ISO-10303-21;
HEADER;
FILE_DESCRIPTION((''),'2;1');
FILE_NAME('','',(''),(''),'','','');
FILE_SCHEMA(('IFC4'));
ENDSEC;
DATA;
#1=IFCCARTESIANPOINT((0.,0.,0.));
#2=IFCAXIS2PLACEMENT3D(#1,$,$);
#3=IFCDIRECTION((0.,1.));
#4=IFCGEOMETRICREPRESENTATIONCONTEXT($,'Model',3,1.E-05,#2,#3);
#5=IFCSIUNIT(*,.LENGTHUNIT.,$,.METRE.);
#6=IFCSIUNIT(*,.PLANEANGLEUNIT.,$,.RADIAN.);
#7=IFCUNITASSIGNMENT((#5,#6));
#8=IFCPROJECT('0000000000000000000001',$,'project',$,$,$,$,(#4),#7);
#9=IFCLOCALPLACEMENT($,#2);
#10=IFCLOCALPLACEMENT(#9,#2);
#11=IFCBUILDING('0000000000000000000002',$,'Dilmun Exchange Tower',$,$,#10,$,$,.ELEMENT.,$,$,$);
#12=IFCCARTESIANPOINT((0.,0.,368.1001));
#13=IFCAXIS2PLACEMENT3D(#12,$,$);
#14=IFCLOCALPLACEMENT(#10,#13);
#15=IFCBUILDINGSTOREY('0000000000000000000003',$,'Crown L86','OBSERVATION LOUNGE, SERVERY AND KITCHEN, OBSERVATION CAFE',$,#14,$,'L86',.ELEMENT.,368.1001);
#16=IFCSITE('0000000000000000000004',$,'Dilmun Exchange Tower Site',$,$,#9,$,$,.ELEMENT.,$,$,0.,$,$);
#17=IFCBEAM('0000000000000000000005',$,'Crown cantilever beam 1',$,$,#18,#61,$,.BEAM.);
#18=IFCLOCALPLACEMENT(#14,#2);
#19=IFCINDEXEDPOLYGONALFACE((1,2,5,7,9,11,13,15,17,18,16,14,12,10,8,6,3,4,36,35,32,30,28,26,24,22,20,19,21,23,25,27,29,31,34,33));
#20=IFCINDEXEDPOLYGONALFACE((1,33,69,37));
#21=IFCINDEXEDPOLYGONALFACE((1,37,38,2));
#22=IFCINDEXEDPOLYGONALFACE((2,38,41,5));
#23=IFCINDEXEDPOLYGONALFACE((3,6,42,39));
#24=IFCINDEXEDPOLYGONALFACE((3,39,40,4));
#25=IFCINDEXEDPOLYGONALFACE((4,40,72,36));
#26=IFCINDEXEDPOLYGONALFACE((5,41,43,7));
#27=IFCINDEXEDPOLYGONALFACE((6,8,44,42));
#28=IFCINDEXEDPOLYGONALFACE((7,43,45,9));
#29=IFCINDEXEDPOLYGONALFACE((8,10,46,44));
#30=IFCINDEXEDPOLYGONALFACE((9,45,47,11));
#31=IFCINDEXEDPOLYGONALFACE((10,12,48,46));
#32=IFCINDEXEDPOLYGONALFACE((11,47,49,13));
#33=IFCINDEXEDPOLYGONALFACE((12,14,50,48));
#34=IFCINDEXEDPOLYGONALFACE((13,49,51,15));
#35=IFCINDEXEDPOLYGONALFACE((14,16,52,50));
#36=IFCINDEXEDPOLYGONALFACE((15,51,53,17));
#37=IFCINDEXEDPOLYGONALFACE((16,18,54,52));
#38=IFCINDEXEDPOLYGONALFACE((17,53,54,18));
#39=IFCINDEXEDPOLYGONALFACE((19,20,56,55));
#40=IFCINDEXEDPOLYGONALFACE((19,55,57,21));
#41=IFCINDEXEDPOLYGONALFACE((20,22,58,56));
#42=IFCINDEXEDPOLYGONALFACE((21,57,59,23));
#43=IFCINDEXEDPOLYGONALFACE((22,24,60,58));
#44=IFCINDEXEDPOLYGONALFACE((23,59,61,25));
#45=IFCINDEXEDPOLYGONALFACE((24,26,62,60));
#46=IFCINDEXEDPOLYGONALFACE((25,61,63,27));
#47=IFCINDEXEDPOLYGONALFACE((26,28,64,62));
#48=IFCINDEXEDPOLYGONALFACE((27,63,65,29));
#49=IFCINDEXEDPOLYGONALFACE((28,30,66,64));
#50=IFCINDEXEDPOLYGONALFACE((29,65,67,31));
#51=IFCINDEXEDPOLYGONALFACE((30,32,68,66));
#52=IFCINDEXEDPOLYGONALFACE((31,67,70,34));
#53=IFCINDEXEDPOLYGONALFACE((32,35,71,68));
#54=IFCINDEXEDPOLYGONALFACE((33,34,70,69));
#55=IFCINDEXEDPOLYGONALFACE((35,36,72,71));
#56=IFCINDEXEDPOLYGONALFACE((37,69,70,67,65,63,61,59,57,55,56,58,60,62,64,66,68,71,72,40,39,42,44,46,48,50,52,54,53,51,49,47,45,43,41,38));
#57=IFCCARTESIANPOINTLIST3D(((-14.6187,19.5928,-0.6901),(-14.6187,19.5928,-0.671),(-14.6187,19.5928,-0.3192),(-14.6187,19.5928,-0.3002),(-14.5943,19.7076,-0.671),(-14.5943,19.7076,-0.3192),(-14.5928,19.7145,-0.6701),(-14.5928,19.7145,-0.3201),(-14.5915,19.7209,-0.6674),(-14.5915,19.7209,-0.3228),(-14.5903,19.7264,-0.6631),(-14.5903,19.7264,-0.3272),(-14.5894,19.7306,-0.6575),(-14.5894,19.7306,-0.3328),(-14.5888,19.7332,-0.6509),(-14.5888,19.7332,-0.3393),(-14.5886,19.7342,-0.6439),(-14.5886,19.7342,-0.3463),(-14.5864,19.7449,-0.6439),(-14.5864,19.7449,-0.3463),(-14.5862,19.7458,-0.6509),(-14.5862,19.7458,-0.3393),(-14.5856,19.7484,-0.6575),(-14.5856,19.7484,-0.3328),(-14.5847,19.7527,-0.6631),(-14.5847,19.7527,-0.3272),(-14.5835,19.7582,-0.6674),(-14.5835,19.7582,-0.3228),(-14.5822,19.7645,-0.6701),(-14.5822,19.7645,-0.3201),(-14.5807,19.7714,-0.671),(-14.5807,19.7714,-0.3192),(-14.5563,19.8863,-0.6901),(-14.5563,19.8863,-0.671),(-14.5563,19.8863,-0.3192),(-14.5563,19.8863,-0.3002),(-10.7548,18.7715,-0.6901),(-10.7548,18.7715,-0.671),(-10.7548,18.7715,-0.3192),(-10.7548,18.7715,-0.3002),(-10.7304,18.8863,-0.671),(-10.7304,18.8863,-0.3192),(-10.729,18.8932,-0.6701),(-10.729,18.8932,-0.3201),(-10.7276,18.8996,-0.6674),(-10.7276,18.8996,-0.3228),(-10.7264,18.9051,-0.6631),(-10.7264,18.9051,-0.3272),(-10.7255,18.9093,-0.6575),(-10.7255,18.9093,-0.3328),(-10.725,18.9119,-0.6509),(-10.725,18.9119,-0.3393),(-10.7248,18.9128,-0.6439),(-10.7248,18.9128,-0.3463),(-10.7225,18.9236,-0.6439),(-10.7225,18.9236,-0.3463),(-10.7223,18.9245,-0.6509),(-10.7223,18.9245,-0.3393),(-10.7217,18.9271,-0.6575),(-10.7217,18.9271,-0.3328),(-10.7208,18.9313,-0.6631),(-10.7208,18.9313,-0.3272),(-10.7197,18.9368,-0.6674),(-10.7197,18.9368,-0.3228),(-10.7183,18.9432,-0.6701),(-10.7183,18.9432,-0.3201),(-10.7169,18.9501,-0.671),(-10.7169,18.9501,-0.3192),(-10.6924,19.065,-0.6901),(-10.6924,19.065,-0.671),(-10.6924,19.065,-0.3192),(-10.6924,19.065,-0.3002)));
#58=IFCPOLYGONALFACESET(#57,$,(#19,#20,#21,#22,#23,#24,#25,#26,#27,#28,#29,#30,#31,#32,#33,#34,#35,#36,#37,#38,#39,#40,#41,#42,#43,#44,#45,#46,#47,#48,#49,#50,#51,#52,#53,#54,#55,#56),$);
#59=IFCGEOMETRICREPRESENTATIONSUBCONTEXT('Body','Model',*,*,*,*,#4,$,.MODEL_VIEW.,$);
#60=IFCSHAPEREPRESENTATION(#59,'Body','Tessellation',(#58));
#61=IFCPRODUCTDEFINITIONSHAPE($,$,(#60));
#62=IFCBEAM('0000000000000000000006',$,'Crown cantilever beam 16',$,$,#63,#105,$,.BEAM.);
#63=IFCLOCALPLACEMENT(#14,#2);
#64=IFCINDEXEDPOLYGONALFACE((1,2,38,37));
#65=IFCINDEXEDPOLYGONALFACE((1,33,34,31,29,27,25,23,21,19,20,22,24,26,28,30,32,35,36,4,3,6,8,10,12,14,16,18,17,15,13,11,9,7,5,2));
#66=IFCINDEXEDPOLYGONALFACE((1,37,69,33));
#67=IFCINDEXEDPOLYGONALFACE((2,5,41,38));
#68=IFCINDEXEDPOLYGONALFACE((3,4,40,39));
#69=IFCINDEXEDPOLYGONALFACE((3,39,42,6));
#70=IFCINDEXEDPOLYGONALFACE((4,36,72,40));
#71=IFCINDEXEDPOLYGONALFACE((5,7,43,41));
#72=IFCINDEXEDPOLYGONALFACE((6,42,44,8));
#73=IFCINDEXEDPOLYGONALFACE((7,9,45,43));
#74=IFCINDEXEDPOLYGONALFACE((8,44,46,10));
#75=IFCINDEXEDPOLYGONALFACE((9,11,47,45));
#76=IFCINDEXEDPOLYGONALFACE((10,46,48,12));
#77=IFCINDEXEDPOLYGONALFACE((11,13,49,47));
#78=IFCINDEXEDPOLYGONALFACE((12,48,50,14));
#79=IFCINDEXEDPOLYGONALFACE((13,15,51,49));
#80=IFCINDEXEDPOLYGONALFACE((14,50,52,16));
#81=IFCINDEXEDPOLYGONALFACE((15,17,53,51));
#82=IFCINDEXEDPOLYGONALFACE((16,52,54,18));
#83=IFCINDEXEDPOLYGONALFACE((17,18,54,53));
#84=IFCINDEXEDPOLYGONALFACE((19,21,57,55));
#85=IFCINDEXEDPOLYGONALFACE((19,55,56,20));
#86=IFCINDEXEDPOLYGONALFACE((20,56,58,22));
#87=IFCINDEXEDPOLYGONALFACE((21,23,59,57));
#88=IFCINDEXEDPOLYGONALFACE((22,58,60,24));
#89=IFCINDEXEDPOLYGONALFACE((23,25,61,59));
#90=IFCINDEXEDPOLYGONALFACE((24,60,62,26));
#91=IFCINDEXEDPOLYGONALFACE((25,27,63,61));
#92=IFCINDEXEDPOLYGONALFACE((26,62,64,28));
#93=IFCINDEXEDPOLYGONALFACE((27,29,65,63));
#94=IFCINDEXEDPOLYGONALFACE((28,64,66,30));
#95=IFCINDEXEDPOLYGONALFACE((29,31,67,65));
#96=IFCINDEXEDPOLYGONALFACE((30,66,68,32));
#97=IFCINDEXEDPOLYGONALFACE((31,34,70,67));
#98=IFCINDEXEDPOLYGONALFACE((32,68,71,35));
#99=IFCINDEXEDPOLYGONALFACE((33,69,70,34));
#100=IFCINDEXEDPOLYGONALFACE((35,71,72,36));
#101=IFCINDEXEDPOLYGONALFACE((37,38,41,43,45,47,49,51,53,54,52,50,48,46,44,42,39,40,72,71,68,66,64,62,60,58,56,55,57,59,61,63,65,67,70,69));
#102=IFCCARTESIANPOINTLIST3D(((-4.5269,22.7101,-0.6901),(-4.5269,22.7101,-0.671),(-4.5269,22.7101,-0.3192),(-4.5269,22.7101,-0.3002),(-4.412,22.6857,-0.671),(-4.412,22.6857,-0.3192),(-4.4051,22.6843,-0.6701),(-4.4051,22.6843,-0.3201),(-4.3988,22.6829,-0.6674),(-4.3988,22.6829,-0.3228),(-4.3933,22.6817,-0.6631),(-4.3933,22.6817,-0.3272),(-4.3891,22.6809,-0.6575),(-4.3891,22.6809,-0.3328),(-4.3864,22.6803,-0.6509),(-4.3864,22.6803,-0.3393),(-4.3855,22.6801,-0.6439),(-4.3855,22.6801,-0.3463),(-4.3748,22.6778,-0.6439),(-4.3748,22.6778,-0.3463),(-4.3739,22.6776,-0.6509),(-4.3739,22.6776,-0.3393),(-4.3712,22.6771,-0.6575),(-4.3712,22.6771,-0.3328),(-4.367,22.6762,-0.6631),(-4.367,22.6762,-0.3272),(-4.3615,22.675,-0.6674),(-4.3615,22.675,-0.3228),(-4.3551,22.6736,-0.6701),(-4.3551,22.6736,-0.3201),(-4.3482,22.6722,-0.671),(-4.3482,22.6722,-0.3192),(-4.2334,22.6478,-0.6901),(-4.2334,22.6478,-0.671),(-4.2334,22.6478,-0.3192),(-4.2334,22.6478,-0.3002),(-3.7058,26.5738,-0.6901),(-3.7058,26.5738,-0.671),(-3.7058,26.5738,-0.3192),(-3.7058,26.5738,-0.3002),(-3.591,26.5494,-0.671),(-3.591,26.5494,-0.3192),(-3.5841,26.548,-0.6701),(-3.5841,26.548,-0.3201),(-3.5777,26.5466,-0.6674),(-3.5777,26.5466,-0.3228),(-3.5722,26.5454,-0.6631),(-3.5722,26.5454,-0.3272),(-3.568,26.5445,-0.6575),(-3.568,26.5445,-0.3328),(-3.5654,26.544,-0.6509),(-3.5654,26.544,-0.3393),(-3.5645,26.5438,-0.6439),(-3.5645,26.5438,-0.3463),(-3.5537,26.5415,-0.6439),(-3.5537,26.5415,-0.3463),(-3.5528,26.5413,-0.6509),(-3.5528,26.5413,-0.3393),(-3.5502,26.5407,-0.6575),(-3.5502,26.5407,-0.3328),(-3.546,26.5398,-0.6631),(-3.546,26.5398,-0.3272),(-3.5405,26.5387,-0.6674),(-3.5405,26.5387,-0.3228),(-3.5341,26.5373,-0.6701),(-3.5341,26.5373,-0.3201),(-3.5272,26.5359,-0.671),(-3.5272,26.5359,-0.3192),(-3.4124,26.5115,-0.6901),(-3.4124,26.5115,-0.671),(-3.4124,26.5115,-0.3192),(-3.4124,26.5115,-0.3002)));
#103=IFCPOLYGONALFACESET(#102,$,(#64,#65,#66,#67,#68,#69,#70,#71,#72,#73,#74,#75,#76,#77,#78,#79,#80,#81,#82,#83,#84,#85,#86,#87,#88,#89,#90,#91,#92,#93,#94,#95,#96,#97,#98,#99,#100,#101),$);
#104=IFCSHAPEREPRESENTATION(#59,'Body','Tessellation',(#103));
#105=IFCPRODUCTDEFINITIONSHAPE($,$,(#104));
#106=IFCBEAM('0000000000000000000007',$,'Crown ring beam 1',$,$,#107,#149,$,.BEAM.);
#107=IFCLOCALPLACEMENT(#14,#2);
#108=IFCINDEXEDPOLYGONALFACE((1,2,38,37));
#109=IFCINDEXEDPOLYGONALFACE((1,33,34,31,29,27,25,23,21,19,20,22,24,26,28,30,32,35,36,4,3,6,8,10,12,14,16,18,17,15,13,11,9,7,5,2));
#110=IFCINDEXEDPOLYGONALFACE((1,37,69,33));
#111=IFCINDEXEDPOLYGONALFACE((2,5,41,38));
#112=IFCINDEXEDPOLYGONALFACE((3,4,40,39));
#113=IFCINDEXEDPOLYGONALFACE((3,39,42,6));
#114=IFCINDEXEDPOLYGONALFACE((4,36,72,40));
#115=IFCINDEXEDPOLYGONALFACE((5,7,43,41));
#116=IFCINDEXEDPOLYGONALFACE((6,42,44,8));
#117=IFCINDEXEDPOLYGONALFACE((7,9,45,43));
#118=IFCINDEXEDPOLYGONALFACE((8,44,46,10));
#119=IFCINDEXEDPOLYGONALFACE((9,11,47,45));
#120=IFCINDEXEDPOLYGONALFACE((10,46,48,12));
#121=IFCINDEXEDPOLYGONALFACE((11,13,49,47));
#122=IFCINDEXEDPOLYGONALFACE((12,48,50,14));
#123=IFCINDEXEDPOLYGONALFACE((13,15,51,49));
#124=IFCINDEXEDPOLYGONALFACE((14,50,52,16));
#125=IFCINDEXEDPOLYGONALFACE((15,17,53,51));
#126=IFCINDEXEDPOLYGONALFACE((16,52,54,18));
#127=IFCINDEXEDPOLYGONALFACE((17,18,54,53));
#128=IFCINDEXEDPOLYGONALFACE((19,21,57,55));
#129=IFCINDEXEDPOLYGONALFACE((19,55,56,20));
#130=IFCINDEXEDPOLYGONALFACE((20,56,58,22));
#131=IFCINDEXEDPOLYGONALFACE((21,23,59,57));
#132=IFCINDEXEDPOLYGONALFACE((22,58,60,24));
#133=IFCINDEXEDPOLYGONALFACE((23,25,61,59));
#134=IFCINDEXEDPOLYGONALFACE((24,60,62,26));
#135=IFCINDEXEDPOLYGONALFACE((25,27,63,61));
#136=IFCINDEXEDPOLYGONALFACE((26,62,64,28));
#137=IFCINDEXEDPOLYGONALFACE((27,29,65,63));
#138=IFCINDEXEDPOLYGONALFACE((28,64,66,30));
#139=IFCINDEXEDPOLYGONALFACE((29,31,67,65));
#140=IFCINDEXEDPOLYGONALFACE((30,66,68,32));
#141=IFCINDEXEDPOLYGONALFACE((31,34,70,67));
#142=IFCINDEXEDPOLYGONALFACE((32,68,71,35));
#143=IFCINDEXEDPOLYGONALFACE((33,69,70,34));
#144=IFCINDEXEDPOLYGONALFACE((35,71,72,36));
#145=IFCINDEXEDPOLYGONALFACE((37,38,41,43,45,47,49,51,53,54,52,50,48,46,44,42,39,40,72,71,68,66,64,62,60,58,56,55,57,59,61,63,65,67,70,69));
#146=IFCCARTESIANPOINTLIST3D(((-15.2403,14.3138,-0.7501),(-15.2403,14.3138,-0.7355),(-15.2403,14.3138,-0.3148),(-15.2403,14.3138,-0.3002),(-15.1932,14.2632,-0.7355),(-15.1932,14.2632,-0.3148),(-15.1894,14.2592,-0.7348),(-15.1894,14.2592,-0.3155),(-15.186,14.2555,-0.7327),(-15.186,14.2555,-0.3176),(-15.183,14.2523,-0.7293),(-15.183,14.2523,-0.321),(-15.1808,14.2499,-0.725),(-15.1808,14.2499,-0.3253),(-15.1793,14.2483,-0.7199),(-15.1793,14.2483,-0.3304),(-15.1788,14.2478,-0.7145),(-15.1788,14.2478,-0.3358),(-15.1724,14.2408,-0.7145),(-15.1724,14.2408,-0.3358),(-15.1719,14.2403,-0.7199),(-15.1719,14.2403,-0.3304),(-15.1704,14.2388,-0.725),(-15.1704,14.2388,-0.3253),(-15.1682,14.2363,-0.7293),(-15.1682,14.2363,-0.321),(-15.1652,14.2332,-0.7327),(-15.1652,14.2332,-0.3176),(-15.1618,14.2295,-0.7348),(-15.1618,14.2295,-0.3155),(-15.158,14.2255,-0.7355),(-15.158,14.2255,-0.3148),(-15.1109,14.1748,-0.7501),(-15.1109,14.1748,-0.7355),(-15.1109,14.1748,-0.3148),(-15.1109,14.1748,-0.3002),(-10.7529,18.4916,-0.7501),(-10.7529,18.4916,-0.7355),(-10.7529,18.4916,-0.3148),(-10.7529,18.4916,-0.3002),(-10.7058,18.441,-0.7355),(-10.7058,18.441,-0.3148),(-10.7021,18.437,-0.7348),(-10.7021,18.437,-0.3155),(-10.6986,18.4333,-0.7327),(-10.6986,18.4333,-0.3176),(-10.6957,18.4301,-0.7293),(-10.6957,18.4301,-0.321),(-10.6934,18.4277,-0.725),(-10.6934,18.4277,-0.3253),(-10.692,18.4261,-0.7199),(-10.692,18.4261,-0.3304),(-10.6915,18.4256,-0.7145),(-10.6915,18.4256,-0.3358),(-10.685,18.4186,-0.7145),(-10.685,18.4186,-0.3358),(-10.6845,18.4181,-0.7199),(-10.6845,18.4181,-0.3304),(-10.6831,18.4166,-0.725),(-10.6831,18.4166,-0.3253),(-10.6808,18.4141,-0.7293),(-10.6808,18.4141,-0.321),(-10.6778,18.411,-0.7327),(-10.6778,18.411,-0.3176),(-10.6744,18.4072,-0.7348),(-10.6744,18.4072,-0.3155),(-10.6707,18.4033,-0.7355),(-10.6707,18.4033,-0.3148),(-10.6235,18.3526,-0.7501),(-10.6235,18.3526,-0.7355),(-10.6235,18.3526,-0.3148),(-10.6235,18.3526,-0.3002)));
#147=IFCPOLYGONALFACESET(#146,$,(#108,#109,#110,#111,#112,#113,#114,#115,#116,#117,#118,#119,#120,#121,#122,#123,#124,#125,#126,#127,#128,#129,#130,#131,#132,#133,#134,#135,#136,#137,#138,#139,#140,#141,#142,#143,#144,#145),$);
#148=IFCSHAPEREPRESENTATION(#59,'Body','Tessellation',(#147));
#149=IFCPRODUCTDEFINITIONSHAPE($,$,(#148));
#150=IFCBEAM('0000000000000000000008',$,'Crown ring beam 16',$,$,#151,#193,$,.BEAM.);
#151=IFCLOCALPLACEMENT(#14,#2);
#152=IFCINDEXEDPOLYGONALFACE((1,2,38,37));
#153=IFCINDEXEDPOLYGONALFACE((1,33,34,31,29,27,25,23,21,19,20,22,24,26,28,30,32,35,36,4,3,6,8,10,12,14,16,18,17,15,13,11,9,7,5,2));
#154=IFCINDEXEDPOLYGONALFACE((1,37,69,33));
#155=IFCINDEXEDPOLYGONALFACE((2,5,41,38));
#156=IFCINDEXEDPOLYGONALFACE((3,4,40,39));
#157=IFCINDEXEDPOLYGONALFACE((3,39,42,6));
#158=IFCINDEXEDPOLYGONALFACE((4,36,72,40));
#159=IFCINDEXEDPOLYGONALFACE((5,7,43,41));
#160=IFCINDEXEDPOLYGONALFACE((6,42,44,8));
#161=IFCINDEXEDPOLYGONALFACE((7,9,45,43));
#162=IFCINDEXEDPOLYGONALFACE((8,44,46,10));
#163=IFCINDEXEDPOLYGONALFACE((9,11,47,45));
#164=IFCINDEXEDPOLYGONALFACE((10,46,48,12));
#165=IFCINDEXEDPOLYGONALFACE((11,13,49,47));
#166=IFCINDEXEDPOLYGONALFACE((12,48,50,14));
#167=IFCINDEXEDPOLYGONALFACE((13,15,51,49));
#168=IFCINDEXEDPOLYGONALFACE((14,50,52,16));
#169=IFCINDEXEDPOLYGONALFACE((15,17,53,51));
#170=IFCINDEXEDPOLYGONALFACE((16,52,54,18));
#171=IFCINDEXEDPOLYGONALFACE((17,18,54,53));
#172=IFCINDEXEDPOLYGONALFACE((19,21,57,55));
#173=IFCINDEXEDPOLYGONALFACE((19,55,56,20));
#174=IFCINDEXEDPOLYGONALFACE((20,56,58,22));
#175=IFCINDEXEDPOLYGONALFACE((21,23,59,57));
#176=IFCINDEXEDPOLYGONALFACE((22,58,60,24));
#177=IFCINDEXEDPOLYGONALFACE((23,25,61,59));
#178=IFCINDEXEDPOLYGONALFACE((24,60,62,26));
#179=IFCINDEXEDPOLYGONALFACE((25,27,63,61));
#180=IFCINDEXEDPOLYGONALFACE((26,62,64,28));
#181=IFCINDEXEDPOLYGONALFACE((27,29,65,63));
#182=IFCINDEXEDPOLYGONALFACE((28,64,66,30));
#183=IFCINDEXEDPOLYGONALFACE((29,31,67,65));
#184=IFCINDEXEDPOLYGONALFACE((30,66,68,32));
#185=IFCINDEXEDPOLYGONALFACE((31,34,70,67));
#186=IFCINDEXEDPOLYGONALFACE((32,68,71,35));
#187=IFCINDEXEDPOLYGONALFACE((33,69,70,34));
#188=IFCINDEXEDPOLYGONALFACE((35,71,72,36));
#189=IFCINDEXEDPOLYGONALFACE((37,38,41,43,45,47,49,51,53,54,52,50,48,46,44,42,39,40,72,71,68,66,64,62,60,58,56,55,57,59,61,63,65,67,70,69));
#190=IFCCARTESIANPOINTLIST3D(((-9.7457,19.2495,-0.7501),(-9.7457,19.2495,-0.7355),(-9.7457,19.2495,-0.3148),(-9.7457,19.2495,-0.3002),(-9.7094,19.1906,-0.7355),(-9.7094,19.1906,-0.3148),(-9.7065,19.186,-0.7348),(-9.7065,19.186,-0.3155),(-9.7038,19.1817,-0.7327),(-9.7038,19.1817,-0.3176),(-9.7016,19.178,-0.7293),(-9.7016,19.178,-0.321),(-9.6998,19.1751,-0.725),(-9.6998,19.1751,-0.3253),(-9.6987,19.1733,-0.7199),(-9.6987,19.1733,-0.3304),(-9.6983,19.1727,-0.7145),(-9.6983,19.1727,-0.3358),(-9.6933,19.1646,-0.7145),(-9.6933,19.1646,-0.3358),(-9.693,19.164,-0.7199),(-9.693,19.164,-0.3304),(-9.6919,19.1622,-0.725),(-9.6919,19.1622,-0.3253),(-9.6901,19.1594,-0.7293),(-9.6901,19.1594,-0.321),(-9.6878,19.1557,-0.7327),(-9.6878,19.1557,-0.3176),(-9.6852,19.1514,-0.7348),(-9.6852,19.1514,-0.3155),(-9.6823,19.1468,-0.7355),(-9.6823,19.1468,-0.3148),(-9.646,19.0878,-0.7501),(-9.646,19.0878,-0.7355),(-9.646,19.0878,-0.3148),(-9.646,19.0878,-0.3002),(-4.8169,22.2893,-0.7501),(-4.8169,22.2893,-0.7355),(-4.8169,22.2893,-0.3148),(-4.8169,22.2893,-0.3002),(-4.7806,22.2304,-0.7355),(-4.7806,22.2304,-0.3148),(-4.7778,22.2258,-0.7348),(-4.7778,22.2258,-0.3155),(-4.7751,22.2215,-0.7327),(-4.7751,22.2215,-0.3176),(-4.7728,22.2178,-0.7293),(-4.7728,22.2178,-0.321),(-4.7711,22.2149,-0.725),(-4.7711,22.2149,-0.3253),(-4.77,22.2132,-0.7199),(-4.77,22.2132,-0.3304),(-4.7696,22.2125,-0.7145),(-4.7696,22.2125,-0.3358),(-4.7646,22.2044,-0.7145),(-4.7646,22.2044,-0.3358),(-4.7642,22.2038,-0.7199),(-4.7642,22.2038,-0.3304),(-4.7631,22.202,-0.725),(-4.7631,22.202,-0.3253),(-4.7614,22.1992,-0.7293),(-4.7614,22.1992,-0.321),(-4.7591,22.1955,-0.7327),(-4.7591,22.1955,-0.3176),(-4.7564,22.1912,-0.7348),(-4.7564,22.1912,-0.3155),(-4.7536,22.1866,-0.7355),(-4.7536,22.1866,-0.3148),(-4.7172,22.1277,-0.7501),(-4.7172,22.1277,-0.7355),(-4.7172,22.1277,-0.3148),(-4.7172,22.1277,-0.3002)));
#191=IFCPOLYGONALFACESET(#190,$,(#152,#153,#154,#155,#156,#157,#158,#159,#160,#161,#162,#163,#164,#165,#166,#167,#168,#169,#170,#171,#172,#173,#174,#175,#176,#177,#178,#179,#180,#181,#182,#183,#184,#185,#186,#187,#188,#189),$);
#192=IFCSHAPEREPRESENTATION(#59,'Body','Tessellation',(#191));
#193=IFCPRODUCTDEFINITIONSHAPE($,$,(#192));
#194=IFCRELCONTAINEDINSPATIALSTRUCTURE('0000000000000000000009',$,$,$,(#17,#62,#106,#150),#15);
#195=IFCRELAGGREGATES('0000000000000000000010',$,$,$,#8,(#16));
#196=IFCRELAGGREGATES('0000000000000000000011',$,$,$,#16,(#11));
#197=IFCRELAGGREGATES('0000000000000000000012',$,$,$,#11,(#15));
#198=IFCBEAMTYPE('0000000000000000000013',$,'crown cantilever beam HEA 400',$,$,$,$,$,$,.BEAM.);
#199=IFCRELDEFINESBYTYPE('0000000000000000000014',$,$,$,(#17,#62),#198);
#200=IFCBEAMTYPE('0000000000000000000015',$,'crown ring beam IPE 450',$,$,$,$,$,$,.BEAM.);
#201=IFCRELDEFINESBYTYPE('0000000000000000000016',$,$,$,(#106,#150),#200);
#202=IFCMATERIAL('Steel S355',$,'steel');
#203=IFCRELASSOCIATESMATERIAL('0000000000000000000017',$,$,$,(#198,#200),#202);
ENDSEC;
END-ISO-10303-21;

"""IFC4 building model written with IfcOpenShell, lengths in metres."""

from ifc_helpers import new_model, si_unit, direction, frame, origin, origin_2d, place, context, subcontext, project, spatial, i_section, extrude, material, material_profile, profile_set, type_object, element, save


model = new_model("IFC4")

# Units and contexts
model_context = context("Model", 3, precision=1e-05, world=origin(), true_north=direction((0.0, 1.0)))
body_context = subcontext(model_context, "Body", "Model", "MODEL_VIEW")
ifc_project = project(units=[si_unit("LENGTHUNIT", "METRE"), si_unit("PLANEANGLEUNIT", "RADIAN")], contexts=[model_context])

# Site, building, storey
site_placement = place(None, origin())
site = spatial("IfcSite", under=ifc_project, at=site_placement, Name="Dilmun Exchange Tower Site", CompositionType="ELEMENT", RefElevation=0.0)
building_placement = place(site_placement, origin())
building = spatial("IfcBuilding", under=site, at=building_placement, Name="Dilmun Exchange Tower", CompositionType="ELEMENT")
storey_placement = place(building_placement, frame((0.0, 0.0, 368.1001)))
storey = spatial("IfcBuildingStorey", under=building, at=storey_placement, Name="Crown L86", Description="OBSERVATION LOUNGE, SERVERY AND KITCHEN, OBSERVATION CAFE", LongName="L86", CompositionType="ELEMENT", Elevation=368.1001)

# Beams
ifc_material_1 = material(Name="Steel S355", Category="steel")
ifc_material_profile_1 = material_profile(ifc_material_1, i_section(OverallWidth=0.3, OverallDepth=0.3899, WebThickness=0.011, FlangeThickness=0.019, FilletRadius=0.0271, at=origin_2d()), Name="HEA 400")
ifc_profile_set_1 = profile_set([ifc_material_profile_1], Name="Steel S355")
beam_type_1 = type_object("IfcBeamType", Name="crown cantilever beam HEA 400", PredefinedType="BEAM", material=ifc_profile_set_1)
beam_1_placement = place(storey_placement, frame((-10.7236, 18.9182, -0.4951), z_axis=(-0.978147, 0.207916, 0.0), x_axis=(-0.207916, -0.978147, 0.0)))
element("IfcBeam", 1, at=beam_1_placement, inside=storey, type_object=beam_type_1, Name="Crown cantilever beam 1", PredefinedType="BEAM", context=body_context, shape_type="SweptSolid", body=[
    extrude(i_section(OverallWidth=0.3, OverallDepth=0.3899, WebThickness=0.011, FlangeThickness=0.019, FilletRadius=0.0271, at=origin_2d()), origin(), (0.0, 0.0, 1.0), 3.9502),
])
beam_2_placement = place(storey_placement, frame((-4.3801, 22.679, -0.4951), z_axis=(0.207857, 0.978159, 0.0), x_axis=(-0.978159, 0.207857, 0.0)))
element("IfcBeam", 2, at=beam_2_placement, inside=storey, type_object=beam_type_1, Name="Crown cantilever beam 16", PredefinedType="BEAM", context=body_context, shape_type="SweptSolid", body=[
    extrude(i_section(OverallWidth=0.3, OverallDepth=0.3899, WebThickness=0.011, FlangeThickness=0.019, FilletRadius=0.0271, at=origin_2d()), origin(), (0.0, 0.0, 1.0), 3.95),
])
ifc_material_profile_2 = material_profile(ifc_material_1, i_section(OverallWidth=0.1899, OverallDepth=0.45, WebThickness=0.0095, FlangeThickness=0.0146, FilletRadius=0.021, at=origin_2d()), Name="IPE 450")
ifc_profile_set_2 = profile_set([ifc_material_profile_2], Name="Steel S355")
beam_type_2 = type_object("IfcBeamType", Name="crown ring beam IPE 450", PredefinedType="BEAM", material=ifc_profile_set_2)
beam_3_placement = place(storey_placement, frame((-10.6882, 18.4221, -0.5251), z_axis=(-0.731902, -0.68141, 0.0), x_axis=(0.68141, -0.731902, 0.0)))
element("IfcBeam", 3, at=beam_3_placement, inside=storey, type_object=beam_type_2, Name="Crown ring beam 1", PredefinedType="BEAM", context=body_context, shape_type="SweptSolid", body=[
    extrude(i_section(OverallWidth=0.1899, OverallDepth=0.45, WebThickness=0.0095, FlangeThickness=0.0146, FilletRadius=0.021, at=origin_2d()), origin(), (0.0, 0.0, 1.0), 6.1311),
])
beam_4_placement = place(storey_placement, frame((-4.7671, 22.2085, -0.5251), z_axis=(-0.851138, -0.524942, 0.0), x_axis=(0.524942, -0.851138, 0.0)))
element("IfcBeam", 4, at=beam_4_placement, inside=storey, type_object=beam_type_2, Name="Crown ring beam 16", PredefinedType="BEAM", context=body_context, shape_type="SweptSolid", body=[
    extrude(i_section(OverallWidth=0.1899, OverallDepth=0.45, WebThickness=0.0095, FlangeThickness=0.0146, FilletRadius=0.021, at=origin_2d()), origin(), (0.0, 0.0, 1.0), 5.7908),
])

save(model, "model.ifc")
